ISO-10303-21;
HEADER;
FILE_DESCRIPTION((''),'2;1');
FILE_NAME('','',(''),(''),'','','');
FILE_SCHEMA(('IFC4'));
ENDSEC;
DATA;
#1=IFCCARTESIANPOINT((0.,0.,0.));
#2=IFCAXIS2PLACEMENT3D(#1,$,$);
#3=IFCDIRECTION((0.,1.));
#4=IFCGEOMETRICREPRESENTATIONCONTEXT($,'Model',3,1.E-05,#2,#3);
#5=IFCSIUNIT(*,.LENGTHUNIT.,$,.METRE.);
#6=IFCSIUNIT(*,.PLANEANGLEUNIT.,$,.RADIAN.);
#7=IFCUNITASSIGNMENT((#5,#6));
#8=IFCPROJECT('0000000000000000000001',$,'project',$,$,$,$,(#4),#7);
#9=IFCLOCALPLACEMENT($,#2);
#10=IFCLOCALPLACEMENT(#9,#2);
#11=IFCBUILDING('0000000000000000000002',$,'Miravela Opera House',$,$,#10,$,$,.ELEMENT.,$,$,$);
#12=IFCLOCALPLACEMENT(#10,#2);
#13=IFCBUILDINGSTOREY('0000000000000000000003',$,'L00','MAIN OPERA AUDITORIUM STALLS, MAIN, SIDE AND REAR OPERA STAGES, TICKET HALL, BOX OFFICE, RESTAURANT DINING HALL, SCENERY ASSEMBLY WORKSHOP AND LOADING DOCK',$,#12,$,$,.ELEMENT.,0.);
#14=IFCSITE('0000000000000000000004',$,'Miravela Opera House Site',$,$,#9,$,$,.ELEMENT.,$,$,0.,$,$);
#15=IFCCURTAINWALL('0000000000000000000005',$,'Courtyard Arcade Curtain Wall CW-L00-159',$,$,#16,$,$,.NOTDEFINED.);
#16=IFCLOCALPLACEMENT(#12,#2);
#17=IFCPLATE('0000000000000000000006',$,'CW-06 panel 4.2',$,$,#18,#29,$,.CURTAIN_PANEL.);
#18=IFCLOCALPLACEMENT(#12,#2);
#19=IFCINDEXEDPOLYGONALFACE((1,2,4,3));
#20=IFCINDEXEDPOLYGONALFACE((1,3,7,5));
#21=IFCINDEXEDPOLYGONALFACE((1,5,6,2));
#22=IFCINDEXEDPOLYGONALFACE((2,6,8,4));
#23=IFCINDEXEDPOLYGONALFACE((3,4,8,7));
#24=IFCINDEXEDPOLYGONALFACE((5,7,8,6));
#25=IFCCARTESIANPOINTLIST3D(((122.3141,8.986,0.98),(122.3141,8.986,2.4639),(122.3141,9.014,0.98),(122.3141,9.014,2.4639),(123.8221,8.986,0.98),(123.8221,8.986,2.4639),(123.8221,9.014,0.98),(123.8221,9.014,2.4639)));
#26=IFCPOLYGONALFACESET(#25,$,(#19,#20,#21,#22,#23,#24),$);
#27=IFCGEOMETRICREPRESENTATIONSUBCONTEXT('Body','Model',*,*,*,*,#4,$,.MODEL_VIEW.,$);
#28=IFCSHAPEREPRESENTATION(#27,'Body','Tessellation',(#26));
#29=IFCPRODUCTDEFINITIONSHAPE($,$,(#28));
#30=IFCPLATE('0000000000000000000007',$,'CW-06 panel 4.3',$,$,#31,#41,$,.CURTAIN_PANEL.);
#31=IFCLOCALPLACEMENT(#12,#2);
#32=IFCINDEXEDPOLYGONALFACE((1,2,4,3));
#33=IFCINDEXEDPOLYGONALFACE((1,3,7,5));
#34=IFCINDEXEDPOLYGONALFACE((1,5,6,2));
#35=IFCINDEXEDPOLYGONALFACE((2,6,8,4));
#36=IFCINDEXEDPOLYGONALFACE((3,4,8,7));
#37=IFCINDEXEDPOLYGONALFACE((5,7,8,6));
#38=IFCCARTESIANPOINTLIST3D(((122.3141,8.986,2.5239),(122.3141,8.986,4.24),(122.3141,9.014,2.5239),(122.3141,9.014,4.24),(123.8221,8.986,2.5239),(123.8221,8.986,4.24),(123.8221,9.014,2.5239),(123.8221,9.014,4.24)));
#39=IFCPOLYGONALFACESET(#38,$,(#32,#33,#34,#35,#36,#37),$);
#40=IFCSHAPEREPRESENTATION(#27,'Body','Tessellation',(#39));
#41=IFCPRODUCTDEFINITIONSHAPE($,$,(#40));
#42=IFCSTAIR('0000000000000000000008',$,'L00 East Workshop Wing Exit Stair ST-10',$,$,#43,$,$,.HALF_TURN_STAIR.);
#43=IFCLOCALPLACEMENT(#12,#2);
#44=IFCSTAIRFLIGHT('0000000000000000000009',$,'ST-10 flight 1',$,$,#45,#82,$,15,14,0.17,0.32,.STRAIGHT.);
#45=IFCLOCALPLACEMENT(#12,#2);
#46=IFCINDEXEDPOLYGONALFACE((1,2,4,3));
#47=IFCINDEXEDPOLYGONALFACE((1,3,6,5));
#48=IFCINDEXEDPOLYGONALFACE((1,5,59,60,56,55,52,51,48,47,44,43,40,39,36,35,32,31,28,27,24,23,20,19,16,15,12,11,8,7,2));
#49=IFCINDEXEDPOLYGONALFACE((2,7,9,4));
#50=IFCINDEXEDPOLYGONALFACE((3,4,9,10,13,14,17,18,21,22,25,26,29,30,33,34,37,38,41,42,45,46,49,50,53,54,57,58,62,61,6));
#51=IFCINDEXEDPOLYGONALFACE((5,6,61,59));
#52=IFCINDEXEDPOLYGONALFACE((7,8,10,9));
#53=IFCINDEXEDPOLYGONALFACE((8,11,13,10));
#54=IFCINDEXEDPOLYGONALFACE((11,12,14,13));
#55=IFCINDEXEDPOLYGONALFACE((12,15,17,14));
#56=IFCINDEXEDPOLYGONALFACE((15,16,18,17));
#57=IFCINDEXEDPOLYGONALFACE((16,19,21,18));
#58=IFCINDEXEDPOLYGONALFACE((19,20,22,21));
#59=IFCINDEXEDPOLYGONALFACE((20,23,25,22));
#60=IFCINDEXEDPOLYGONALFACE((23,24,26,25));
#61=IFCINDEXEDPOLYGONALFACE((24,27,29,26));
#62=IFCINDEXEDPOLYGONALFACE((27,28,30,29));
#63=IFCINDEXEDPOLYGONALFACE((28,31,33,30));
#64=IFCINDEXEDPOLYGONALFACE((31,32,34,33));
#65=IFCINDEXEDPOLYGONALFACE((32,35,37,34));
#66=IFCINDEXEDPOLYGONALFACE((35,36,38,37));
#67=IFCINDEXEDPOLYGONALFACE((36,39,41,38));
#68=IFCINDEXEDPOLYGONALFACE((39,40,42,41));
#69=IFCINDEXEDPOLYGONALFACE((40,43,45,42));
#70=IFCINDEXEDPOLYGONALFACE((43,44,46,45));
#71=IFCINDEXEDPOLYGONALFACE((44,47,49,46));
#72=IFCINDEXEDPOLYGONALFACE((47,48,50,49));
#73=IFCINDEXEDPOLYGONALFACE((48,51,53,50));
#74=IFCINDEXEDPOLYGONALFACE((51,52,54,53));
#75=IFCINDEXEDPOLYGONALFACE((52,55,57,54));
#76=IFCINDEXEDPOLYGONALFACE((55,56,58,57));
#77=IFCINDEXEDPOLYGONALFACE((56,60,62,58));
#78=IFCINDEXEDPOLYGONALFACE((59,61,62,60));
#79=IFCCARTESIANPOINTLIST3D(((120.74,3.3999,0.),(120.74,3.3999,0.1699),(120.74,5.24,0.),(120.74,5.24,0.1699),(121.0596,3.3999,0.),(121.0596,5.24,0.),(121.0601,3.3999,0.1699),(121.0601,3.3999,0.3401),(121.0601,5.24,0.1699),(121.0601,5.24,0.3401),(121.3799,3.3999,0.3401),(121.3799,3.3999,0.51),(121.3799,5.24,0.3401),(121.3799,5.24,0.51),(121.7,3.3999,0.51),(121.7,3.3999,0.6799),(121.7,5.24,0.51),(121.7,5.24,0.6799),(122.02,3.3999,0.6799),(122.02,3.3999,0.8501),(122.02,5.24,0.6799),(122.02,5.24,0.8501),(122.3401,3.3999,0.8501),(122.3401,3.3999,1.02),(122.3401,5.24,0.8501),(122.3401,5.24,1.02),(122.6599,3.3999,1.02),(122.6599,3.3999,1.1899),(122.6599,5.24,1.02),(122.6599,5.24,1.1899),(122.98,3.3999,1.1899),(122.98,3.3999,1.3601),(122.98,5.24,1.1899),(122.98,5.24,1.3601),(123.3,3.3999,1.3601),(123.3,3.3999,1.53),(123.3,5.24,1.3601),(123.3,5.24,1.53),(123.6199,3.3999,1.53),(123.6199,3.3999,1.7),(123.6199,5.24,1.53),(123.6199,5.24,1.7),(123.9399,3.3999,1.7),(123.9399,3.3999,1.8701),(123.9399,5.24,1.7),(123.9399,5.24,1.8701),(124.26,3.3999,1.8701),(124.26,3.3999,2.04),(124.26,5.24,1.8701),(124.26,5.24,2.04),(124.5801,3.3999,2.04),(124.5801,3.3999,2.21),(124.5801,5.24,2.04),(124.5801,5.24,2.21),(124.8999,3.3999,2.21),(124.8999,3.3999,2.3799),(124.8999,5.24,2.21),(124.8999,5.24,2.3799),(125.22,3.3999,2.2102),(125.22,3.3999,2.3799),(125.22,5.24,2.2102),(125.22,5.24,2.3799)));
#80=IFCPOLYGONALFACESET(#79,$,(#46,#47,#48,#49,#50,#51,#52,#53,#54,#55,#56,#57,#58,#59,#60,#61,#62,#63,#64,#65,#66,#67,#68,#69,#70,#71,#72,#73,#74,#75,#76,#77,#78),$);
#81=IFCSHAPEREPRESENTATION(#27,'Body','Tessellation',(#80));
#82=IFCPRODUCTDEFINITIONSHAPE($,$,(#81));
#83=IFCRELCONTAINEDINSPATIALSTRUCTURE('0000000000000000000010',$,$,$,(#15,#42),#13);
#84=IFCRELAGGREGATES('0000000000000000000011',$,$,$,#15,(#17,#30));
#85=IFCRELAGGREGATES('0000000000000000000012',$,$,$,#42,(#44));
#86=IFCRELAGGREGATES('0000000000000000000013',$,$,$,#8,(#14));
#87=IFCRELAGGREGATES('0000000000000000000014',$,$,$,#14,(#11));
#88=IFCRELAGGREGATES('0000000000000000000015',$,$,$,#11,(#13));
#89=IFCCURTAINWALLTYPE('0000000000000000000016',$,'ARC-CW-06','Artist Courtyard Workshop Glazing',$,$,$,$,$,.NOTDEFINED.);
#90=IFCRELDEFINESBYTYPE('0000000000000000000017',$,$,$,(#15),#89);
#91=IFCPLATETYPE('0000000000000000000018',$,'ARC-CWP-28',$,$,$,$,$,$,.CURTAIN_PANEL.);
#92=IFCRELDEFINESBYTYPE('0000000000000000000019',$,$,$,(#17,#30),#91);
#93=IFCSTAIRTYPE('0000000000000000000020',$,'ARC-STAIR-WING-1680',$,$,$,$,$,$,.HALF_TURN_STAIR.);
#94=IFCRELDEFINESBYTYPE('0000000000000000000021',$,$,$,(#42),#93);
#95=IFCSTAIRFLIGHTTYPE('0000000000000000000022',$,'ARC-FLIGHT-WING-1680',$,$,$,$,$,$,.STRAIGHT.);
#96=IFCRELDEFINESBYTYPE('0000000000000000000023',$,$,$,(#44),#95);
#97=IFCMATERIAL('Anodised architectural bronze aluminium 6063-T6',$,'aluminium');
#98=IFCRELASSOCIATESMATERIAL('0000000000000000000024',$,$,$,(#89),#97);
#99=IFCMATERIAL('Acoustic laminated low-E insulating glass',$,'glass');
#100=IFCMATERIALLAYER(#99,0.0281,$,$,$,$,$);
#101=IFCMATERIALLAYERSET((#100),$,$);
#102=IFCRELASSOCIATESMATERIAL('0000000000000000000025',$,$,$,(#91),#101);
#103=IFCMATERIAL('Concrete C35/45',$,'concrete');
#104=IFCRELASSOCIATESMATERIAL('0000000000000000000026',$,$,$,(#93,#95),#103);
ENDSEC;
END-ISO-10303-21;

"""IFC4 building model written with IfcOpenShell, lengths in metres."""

from ifc_helpers import new_model, si_unit, direction, frame, origin, origin_2d, place, context, subcontext, project, spatial, polyline, rectangle, outline, extrude, material, layer, layer_set, type_object, element, aggregate, save


model = new_model("IFC4")

# Units and contexts
model_context = context("Model", 3, precision=1e-05, world=origin(), true_north=direction((0.0, 1.0)))
body_context = subcontext(model_context, "Body", "Model", "MODEL_VIEW")
ifc_project = project(units=[si_unit("LENGTHUNIT", "METRE"), si_unit("PLANEANGLEUNIT", "RADIAN")], contexts=[model_context])

# Site, building, storey
site_placement = place(None, origin())
site = spatial("IfcSite", under=ifc_project, at=site_placement, Name="Miravela Opera House Site", CompositionType="ELEMENT", RefElevation=0.0)
building_placement = place(site_placement, origin())
building = spatial("IfcBuilding", under=site, at=building_placement, Name="Miravela Opera House", CompositionType="ELEMENT")
storey_placement = place(building_placement, origin())
storey = spatial("IfcBuildingStorey", under=building, at=storey_placement, Name="L00", Description="MAIN OPERA AUDITORIUM STALLS, MAIN, SIDE AND REAR OPERA STAGES, TICKET HALL, BOX OFFICE, RESTAURANT DINING HALL, SCENERY ASSEMBLY WORKSHOP AND LOADING DOCK", CompositionType="ELEMENT", Elevation=0.0)

# Curtain wall, plates
ifc_material_1 = material(Name="Anodised architectural bronze aluminium 6063-T6", Category="aluminium")
curtain_wall_type = type_object("IfcCurtainWallType", Name="ARC-CW-06", Description="Artist Courtyard Workshop Glazing", PredefinedType="NOTDEFINED", material=ifc_material_1)
curtain_wall_placement = place(storey_placement, origin())
curtain_wall = element("IfcCurtainWall", 1, at=curtain_wall_placement, inside=storey, type_object=curtain_wall_type, Name="Courtyard Arcade Curtain Wall CW-L00-159", PredefinedType="NOTDEFINED")
ifc_material_2 = material(Name="Acoustic laminated low-E insulating glass", Category="glass")
ifc_layer = layer(ifc_material_2, 0.0281)
ifc_layer_set = layer_set([ifc_layer])
plate_type = type_object("IfcPlateType", Name="ARC-CWP-28", PredefinedType="CURTAIN_PANEL", material=ifc_layer_set)
plate_1_placement = place(storey_placement, frame((123.0681, 9.0, 0.98), z_axis=(0.0, 0.0, 1.0), x_axis=(1.0, 0.0, 0.0)))
plate_1 = element("IfcPlate", 2, at=plate_1_placement, type_object=plate_type, Name="CW-06 panel 4.2", PredefinedType="CURTAIN_PANEL", context=body_context, shape_type="SweptSolid", body=[
    extrude(rectangle(XDim=1.5081, YDim=0.0281, at=origin_2d()), origin(), (0.0, 0.0, 1.0), 1.4839),
])
plate_2_placement = place(storey_placement, frame((123.0681, 9.0, 2.5239), z_axis=(0.0, 0.0, 1.0), x_axis=(1.0, 0.0, 0.0)))
plate_2 = element("IfcPlate", 3, at=plate_2_placement, type_object=plate_type, Name="CW-06 panel 4.3", PredefinedType="CURTAIN_PANEL", context=body_context, shape_type="SweptSolid", body=[
    extrude(rectangle(XDim=1.5081, YDim=0.0281, at=origin_2d()), origin(), (0.0, 0.0, 1.0), 1.7161),
])
aggregate(curtain_wall, [plate_1, plate_2])

# Stair, stair flight
ifc_material_3 = material(Name="Concrete C35/45", Category="concrete")
stair_type = type_object("IfcStairType", Name="ARC-STAIR-WING-1680", PredefinedType="HALF_TURN_STAIR", material=ifc_material_3)
stair_placement = place(storey_placement, origin())
stair = element("IfcStair", 4, at=stair_placement, inside=storey, type_object=stair_type, Name="L00 East Workshop Wing Exit Stair ST-10", PredefinedType="HALF_TURN_STAIR")
stair_flight_type = type_object("IfcStairFlightType", Name="ARC-FLIGHT-WING-1680", PredefinedType="STRAIGHT", material=ifc_material_3)
stair_flight_placement = place(storey_placement, frame((120.74, 4.3201, 0.0), z_axis=(0.0, 0.0, 1.0), x_axis=(1.0, 0.0, 0.0)))
stair_flight = element("IfcStairFlight", 5, at=stair_flight_placement, type_object=stair_flight_type, Name="ST-10 flight 1", NumberOfRisers=15, NumberOfTreads=14, PredefinedType="STRAIGHT", RiserHeight=0.17, TreadLength=0.32, context=body_context, shape_type="SweptSolid", body=[
    extrude(outline(polyline([(0.0, 0.0), (0.0, 0.1699), (0.3201, 0.1699), (0.3201, 0.3401), (0.6399, 0.3401), (0.6399, 0.51), (0.96, 0.51), (0.96, 0.6799), (1.28, 0.6799), (1.28, 0.8501), (1.6001, 0.8501), (1.6001, 1.02), (1.9199, 1.02), (1.9199, 1.1899), (2.24, 1.1899), (2.24, 1.3601), (2.5601, 1.3601), (2.5601, 1.53), (2.8799, 1.53), (2.8799, 1.7), (3.2, 1.7), (3.2, 1.8701), (3.52, 1.8701), (3.52, 2.04), (3.8401, 2.04), (3.8401, 2.21), (4.1599, 2.21), (4.1599, 2.3799), (4.48, 2.3799), (4.48, 2.55), (4.48, 2.2102), (0.3196, 0.0), (0.0, 0.0)])), frame((0.0, 0.9199, 0.0), z_axis=(0.0, -1.0, 0.0), x_axis=(1.0, 0.0, 0.0)), (0.0, 0.0, 1.0), 1.8401),
])
aggregate(stair, [stair_flight])

save(model, "model.ifc")
